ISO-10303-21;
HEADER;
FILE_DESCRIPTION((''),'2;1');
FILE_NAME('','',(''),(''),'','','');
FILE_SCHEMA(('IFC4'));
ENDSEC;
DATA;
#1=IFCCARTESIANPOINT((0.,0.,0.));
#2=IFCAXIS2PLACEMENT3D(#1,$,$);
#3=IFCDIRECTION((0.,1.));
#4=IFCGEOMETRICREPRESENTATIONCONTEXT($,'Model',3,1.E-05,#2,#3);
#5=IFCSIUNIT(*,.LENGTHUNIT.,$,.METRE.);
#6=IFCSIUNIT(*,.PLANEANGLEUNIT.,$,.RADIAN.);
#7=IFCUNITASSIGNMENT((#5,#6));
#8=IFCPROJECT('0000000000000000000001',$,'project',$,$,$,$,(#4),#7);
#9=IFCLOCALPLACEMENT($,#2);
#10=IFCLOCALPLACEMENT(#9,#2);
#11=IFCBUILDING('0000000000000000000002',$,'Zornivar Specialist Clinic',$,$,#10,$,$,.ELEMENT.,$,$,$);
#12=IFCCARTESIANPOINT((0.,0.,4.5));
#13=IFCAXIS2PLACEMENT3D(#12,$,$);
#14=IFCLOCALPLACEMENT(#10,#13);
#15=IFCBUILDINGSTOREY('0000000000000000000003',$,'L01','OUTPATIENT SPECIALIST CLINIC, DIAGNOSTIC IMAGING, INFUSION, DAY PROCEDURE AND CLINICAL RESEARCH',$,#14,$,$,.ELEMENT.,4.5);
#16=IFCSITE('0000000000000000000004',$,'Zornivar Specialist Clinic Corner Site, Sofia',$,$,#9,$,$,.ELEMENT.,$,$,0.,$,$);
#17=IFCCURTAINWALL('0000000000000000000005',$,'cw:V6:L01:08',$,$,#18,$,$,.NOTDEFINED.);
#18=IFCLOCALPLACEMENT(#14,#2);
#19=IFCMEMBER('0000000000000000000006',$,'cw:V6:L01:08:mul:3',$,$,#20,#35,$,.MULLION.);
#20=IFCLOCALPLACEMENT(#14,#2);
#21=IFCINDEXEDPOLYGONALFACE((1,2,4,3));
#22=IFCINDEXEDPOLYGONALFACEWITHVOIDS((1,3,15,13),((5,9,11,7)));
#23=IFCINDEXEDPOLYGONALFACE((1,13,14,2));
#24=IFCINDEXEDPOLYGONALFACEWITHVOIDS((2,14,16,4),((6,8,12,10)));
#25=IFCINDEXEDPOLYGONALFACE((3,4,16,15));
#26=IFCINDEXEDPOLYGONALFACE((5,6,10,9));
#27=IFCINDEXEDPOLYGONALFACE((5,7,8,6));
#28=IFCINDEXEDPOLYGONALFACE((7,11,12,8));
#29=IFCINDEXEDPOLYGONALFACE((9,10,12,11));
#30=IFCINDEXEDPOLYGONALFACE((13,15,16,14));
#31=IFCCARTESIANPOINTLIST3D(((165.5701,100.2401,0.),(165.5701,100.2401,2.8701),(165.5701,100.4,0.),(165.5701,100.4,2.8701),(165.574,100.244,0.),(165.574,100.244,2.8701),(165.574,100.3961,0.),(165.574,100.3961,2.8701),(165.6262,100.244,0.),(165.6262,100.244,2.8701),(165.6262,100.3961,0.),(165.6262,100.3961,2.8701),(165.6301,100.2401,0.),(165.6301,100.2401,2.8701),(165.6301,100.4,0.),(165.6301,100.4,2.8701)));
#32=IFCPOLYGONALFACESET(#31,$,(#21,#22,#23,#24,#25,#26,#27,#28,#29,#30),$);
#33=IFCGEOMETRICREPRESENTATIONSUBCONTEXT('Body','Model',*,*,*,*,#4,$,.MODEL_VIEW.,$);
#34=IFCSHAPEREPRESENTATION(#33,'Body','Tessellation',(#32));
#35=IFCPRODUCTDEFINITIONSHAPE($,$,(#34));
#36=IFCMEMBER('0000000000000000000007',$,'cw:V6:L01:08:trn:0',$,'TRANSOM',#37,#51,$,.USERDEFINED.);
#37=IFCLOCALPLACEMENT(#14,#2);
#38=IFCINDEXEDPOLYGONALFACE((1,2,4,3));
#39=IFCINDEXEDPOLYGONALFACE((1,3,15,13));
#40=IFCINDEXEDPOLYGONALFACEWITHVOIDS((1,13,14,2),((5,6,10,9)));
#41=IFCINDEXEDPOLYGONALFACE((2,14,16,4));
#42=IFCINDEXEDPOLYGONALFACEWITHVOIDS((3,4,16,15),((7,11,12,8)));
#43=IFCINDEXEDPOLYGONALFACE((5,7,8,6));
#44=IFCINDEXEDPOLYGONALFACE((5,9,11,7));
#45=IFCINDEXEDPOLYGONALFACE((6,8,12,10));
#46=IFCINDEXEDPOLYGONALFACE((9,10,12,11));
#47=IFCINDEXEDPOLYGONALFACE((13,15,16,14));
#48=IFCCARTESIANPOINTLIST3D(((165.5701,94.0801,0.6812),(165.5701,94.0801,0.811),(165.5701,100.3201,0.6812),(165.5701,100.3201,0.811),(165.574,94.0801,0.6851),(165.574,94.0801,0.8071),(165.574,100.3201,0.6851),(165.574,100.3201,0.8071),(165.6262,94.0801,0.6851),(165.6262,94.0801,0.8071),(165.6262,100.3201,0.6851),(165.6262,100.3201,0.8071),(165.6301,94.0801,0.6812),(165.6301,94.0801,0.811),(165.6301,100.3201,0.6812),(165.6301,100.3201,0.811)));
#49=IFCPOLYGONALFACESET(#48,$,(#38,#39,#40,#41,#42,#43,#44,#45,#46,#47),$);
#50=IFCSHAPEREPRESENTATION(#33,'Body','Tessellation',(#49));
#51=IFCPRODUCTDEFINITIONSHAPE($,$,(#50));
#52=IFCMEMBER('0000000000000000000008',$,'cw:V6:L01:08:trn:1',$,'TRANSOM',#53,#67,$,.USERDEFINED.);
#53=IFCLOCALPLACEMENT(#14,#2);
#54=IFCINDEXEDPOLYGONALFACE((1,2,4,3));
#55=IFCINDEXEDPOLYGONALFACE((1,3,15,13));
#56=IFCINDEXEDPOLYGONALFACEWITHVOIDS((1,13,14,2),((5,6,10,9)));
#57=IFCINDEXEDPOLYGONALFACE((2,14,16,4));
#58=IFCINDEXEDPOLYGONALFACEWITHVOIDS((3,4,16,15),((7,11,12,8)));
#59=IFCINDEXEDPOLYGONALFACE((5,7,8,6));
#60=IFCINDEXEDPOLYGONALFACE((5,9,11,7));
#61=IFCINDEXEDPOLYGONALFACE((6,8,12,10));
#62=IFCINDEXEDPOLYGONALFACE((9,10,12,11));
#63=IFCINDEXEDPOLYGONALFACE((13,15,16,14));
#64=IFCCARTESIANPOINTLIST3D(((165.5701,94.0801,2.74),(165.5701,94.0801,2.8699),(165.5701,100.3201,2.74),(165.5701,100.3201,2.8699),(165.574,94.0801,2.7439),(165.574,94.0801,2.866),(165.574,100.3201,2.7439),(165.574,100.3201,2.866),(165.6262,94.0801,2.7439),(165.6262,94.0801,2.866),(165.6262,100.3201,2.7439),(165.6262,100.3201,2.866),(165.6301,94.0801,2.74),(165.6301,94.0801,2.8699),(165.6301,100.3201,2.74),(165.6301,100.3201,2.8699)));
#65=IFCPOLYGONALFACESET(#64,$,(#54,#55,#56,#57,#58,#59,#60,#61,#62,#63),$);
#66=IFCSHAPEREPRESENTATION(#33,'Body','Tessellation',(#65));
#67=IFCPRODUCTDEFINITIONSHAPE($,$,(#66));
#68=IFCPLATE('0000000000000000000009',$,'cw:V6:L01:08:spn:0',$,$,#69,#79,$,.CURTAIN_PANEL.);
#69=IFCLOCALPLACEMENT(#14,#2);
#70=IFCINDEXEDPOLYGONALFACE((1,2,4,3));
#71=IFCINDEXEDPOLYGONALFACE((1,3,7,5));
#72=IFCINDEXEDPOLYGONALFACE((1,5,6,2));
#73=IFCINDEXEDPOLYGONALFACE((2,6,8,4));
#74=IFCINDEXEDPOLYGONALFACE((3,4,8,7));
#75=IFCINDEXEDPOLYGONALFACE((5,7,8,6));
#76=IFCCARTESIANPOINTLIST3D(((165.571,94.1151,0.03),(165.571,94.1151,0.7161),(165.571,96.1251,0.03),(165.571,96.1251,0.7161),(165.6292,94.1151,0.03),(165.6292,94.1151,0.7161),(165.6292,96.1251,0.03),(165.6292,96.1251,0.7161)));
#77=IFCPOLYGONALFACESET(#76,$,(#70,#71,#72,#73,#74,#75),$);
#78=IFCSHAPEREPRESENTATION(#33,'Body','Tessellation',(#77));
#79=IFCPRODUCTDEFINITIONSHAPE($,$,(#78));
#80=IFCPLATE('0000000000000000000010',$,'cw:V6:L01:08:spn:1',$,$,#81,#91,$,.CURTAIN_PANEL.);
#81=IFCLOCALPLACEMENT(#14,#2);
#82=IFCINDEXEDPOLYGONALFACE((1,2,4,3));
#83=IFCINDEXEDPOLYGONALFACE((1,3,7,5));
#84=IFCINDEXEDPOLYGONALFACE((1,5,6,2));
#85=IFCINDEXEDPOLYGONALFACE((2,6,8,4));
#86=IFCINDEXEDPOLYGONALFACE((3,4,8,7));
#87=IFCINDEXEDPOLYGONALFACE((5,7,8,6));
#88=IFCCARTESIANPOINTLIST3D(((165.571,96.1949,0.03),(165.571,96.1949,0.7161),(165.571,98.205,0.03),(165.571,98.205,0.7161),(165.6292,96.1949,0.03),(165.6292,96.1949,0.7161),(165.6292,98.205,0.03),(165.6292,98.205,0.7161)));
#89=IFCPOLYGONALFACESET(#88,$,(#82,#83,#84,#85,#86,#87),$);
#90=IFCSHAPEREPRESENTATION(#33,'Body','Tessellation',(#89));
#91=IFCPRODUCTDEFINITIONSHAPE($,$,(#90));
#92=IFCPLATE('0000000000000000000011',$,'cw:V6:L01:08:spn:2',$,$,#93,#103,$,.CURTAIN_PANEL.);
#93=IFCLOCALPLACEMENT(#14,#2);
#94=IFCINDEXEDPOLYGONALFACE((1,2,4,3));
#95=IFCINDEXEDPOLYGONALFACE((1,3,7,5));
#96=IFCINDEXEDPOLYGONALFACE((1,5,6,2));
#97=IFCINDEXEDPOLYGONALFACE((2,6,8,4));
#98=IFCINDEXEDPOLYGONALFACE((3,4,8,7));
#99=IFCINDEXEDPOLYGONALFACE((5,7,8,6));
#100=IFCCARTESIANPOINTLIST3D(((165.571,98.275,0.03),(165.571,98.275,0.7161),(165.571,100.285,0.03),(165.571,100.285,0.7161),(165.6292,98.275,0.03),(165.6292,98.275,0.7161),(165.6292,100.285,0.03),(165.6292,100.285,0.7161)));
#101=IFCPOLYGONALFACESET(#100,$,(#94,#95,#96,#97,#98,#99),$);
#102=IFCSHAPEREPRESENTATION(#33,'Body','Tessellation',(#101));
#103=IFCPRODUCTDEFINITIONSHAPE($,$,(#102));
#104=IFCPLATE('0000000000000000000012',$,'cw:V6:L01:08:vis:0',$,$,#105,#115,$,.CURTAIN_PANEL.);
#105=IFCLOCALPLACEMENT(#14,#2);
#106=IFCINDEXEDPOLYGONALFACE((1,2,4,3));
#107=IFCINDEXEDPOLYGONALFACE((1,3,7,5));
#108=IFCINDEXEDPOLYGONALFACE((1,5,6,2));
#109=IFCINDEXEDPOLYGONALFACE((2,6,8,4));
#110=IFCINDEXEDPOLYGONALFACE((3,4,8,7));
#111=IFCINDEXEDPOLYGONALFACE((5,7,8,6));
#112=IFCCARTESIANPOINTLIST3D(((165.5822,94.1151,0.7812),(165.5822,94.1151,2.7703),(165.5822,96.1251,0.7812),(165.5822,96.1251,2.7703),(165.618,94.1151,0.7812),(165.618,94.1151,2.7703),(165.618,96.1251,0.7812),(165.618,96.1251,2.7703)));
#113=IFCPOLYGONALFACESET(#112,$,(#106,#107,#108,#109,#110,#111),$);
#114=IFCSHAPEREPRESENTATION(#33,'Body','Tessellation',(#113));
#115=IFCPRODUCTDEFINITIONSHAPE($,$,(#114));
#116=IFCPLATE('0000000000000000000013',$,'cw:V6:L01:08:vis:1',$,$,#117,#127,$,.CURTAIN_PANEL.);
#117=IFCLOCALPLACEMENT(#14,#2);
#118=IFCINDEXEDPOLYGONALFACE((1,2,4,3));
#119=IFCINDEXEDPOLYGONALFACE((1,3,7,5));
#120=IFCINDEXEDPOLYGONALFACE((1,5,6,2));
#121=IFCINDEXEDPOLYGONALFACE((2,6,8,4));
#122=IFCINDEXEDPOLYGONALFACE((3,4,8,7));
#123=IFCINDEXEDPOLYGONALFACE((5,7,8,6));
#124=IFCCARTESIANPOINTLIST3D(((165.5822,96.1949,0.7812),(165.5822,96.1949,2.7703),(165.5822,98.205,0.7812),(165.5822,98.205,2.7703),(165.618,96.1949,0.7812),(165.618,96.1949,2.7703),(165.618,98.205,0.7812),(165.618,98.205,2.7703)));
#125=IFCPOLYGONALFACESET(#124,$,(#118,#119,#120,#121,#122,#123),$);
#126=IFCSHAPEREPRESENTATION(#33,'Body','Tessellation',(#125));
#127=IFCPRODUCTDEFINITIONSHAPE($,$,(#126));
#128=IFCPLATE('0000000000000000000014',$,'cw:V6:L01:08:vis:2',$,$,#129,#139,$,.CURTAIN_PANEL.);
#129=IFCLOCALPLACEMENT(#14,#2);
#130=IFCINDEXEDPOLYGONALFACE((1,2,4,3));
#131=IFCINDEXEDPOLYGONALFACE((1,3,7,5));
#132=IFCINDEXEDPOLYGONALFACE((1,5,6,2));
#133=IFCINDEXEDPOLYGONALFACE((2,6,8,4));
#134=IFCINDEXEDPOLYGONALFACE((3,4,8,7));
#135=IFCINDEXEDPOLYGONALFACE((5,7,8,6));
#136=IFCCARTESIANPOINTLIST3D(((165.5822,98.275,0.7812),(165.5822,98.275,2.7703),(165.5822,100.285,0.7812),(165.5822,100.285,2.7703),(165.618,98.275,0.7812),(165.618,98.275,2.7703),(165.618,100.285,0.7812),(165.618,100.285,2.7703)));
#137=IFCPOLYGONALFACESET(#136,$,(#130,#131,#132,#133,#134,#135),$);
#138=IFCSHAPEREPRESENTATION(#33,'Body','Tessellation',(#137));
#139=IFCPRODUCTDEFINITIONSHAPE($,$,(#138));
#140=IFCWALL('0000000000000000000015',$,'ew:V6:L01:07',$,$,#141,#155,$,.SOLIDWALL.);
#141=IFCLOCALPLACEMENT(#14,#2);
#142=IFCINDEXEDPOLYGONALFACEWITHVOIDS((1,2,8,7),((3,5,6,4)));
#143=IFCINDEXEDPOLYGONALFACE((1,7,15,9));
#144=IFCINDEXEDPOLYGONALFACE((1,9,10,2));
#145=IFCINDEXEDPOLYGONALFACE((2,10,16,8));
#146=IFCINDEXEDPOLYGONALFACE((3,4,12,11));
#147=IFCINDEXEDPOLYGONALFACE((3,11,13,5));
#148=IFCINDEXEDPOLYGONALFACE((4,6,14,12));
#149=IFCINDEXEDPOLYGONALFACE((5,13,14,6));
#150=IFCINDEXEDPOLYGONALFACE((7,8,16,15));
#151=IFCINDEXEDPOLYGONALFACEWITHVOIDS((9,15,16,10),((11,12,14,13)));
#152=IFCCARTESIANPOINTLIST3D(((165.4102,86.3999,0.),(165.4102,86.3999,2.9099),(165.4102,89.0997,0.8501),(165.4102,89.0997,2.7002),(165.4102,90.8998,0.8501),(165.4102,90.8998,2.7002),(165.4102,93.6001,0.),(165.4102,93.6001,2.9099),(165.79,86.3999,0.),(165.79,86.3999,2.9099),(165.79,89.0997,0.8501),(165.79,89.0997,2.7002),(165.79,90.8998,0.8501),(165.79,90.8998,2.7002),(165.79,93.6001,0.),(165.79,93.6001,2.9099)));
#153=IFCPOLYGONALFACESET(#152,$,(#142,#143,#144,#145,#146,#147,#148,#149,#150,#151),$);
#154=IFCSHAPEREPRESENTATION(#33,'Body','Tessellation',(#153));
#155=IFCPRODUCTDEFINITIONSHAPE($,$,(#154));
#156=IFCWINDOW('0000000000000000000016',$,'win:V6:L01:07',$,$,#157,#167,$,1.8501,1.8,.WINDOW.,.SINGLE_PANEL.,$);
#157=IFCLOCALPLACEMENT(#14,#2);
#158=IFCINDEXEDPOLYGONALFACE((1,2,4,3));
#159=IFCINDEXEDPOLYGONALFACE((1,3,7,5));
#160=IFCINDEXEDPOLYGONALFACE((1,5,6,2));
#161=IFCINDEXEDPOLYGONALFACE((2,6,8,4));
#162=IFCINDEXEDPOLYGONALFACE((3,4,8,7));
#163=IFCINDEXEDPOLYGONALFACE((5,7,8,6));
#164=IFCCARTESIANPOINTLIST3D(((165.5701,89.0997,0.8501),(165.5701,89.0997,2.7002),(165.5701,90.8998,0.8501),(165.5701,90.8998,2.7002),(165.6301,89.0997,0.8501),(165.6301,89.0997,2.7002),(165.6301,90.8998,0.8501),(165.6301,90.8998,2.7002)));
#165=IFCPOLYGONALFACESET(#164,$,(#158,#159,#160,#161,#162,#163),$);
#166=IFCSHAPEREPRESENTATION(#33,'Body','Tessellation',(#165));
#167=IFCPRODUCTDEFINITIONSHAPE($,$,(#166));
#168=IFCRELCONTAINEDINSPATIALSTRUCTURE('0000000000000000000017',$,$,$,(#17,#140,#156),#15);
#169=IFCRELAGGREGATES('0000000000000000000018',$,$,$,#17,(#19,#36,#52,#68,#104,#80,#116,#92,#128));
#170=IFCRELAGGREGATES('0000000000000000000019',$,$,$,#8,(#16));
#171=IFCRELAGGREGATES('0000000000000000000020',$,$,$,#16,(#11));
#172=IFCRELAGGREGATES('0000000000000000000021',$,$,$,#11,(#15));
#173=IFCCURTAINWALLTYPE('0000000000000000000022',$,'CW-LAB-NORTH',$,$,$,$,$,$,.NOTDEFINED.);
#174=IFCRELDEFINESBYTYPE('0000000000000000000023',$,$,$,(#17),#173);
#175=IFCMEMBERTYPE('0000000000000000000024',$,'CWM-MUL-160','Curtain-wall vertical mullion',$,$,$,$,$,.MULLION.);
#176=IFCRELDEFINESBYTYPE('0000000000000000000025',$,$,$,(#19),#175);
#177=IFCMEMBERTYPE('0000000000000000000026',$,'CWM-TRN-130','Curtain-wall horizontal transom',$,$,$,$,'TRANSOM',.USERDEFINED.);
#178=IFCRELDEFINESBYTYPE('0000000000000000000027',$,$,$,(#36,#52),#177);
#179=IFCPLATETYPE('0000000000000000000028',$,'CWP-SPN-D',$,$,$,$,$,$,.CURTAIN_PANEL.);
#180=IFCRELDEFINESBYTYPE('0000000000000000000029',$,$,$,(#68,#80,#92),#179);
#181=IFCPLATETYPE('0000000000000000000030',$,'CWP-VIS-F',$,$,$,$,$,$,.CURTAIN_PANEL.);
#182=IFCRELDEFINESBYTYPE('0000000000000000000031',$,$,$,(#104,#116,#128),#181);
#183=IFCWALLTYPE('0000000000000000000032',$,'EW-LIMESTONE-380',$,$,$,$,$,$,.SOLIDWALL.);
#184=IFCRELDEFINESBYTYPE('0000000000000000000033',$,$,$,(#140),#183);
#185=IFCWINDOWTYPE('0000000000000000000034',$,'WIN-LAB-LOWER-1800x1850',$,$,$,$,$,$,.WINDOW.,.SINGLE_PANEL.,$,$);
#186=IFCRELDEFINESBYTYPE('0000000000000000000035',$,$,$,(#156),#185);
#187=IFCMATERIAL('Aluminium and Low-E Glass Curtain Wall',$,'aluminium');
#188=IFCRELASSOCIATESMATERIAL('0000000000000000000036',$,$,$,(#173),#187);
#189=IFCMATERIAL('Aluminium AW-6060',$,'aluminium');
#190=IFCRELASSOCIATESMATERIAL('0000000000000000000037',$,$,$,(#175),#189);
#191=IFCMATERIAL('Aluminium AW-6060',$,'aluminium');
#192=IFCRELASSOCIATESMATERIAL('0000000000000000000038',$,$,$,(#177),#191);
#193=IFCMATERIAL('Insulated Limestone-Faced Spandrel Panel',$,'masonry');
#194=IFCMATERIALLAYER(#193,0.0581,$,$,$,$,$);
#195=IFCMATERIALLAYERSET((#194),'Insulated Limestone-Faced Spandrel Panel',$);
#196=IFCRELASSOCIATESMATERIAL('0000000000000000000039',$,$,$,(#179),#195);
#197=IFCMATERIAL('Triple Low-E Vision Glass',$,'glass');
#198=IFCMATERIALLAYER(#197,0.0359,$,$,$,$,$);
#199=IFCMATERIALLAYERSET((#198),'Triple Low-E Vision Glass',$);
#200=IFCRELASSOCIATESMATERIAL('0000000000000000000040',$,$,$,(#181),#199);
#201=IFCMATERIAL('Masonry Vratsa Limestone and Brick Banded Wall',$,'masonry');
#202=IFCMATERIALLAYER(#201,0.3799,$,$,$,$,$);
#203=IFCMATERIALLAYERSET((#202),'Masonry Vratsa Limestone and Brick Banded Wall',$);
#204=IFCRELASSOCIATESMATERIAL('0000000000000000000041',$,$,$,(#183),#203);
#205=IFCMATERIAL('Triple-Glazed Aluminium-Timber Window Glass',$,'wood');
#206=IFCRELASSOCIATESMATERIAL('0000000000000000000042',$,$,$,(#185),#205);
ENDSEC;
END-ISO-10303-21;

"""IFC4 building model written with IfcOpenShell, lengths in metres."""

from ifc_helpers import new_model, si_unit, direction, frame, frame_2d, origin, origin_2d, place, context, subcontext, project, spatial, rectangle, hollow_rectangle, extrude, material, layer, layer_set, material_profile, profile_set, type_object, element, fill, aggregate, save


model = new_model("IFC4")

# Units and contexts
model_context = context("Model", 3, precision=1e-05, world=origin(), true_north=direction((0.0, 1.0)))
body_context = subcontext(model_context, "Body", "Model", "MODEL_VIEW")
ifc_project = project(units=[si_unit("LENGTHUNIT", "METRE"), si_unit("PLANEANGLEUNIT", "RADIAN")], contexts=[model_context])

# Site, building, storey
site_placement = place(None, origin())
site = spatial("IfcSite", under=ifc_project, at=site_placement, Name="Zornivar Specialist Clinic Corner Site, Sofia", CompositionType="ELEMENT", RefElevation=0.0)
building_placement = place(site_placement, origin())
building = spatial("IfcBuilding", under=site, at=building_placement, Name="Zornivar Specialist Clinic", CompositionType="ELEMENT")
storey_placement = place(building_placement, frame((0.0, 0.0, 4.5)))
storey = spatial("IfcBuildingStorey", under=building, at=storey_placement, Name="L01", Description="OUTPATIENT SPECIALIST CLINIC, DIAGNOSTIC IMAGING, INFUSION, DAY PROCEDURE AND CLINICAL RESEARCH", CompositionType="ELEMENT", Elevation=4.5)

# Curtain wall, members, plates
ifc_material_1 = material(Name="Aluminium and Low-E Glass Curtain Wall", Category="aluminium")
curtain_wall_type = type_object("IfcCurtainWallType", Name="CW-LAB-NORTH", PredefinedType="NOTDEFINED", material=ifc_material_1)
curtain_wall_placement = place(storey_placement, origin())
curtain_wall = element("IfcCurtainWall", 1, at=curtain_wall_placement, inside=storey, type_object=curtain_wall_type, Name="cw:V6:L01:08", PredefinedType="NOTDEFINED")
ifc_material_2 = material(Name="Aluminium AW-6060", Category="aluminium")
ifc_material_profile_1 = material_profile(ifc_material_2, hollow_rectangle(XDim=0.0601, YDim=0.1599, WallThickness=0.0039, at=origin_2d()), Name="ALU 60x160x4")
ifc_profile_set_1 = profile_set([ifc_material_profile_1], Name="Aluminium AW-6060")
member_type_1 = type_object("IfcMemberType", Name="CWM-MUL-160", Description="Curtain-wall vertical mullion", PredefinedType="MULLION", material=ifc_profile_set_1)
member_1_placement = place(storey_placement, frame((165.6001, 100.3201, 0.0), z_axis=(0.0, 0.0, 1.0), x_axis=(1.0, 0.0, 0.0)))
member_1 = element("IfcMember", 2, at=member_1_placement, type_object=member_type_1, Name="cw:V6:L01:08:mul:3", PredefinedType="MULLION", context=body_context, shape_type="SweptSolid", body=[
    extrude(hollow_rectangle(XDim=0.0601, YDim=0.1599, WallThickness=0.0039, at=origin_2d()), origin(), (0.0, 0.0, 1.0), 2.8701),
])
ifc_material_3 = material(Name="Aluminium AW-6060", Category="aluminium")
ifc_material_profile_2 = material_profile(ifc_material_3, hollow_rectangle(XDim=0.0601, YDim=0.1299, WallThickness=0.0039, at=origin_2d()), Name="ALU 60x130x4")
ifc_profile_set_2 = profile_set([ifc_material_profile_2], Name="Aluminium AW-6060")
member_type_2 = type_object("IfcMemberType", Name="CWM-TRN-130", Description="Curtain-wall horizontal transom", ElementType="TRANSOM", PredefinedType="USERDEFINED", material=ifc_profile_set_2)
member_2_placement = place(storey_placement, frame((165.6001, 94.0801, 0.7461), z_axis=(0.0, 1.0, 0.0), x_axis=(-1.0, 0.0, 0.0)))
member_2 = element("IfcMember", 3, at=member_2_placement, type_object=member_type_2, Name="cw:V6:L01:08:trn:0", ObjectType="TRANSOM", PredefinedType="USERDEFINED", context=body_context, shape_type="SweptSolid", body=[
    extrude(hollow_rectangle(XDim=0.0601, YDim=0.1299, WallThickness=0.0039, at=origin_2d()), origin(), (0.0, 0.0, 1.0), 6.24),
])
member_3_placement = place(storey_placement, frame((165.6001, 94.0801, 2.8049), z_axis=(0.0, 1.0, 0.0), x_axis=(-1.0, 0.0, 0.0)))
member_3 = element("IfcMember", 4, at=member_3_placement, type_object=member_type_2, Name="cw:V6:L01:08:trn:1", ObjectType="TRANSOM", PredefinedType="USERDEFINED", context=body_context, shape_type="SweptSolid", body=[
    extrude(hollow_rectangle(XDim=0.0601, YDim=0.1299, WallThickness=0.0039, at=origin_2d()), origin(), (0.0, 0.0, 1.0), 6.24),
])
ifc_material_4 = material(Name="Insulated Limestone-Faced Spandrel Panel", Category="masonry")
ifc_layer_1 = layer(ifc_material_4, 0.0581)
ifc_layer_set_1 = layer_set([ifc_layer_1], Name="Insulated Limestone-Faced Spandrel Panel")
plate_type_1 = type_object("IfcPlateType", Name="CWP-SPN-D", PredefinedType="CURTAIN_PANEL", material=ifc_layer_set_1)
plate_1_placement = place(storey_placement, frame((165.6001, 95.1201, 0.03), z_axis=(0.0, 0.0, 1.0), x_axis=(0.0, 1.0, 0.0)))
plate_1 = element("IfcPlate", 5, at=plate_1_placement, type_object=plate_type_1, Name="cw:V6:L01:08:spn:0", PredefinedType="CURTAIN_PANEL", context=body_context, shape_type="SweptSolid", body=[
    extrude(rectangle(XDim=2.01, YDim=0.0581, at=origin_2d()), origin(), (0.0, 0.0, 1.0), 0.686),
])
plate_2_placement = place(storey_placement, frame((165.6001, 97.2, 0.03), z_axis=(0.0, 0.0, 1.0), x_axis=(0.0, 1.0, 0.0)))
plate_2 = element("IfcPlate", 6, at=plate_2_placement, type_object=plate_type_1, Name="cw:V6:L01:08:spn:1", PredefinedType="CURTAIN_PANEL", context=body_context, shape_type="SweptSolid", body=[
    extrude(rectangle(XDim=2.01, YDim=0.0581, at=origin_2d()), origin(), (0.0, 0.0, 1.0), 0.686),
])
plate_3_placement = place(storey_placement, frame((165.6001, 99.28, 0.03), z_axis=(0.0, 0.0, 1.0), x_axis=(0.0, 1.0, 0.0)))
plate_3 = element("IfcPlate", 7, at=plate_3_placement, type_object=plate_type_1, Name="cw:V6:L01:08:spn:2", PredefinedType="CURTAIN_PANEL", context=body_context, shape_type="SweptSolid", body=[
    extrude(rectangle(XDim=2.01, YDim=0.0581, at=origin_2d()), origin(), (0.0, 0.0, 1.0), 0.686),
])
ifc_material_5 = material(Name="Triple Low-E Vision Glass", Category="glass")
ifc_layer_2 = layer(ifc_material_5, 0.0359)
ifc_layer_set_2 = layer_set([ifc_layer_2], Name="Triple Low-E Vision Glass")
plate_type_2 = type_object("IfcPlateType", Name="CWP-VIS-F", PredefinedType="CURTAIN_PANEL", material=ifc_layer_set_2)
plate_4_placement = place(storey_placement, frame((165.6001, 95.1201, 0.7812), z_axis=(0.0, 0.0, 1.0), x_axis=(0.0, 1.0, 0.0)))
plate_4 = element("IfcPlate", 8, at=plate_4_placement, type_object=plate_type_2, Name="cw:V6:L01:08:vis:0", PredefinedType="CURTAIN_PANEL", context=body_context, shape_type="SweptSolid", body=[
    extrude(rectangle(XDim=2.01, YDim=0.0359, at=origin_2d()), origin(), (0.0, 0.0, 1.0), 1.989),
])
plate_5_placement = place(storey_placement, frame((165.6001, 97.2, 0.7812), z_axis=(0.0, 0.0, 1.0), x_axis=(0.0, 1.0, 0.0)))
plate_5 = element("IfcPlate", 9, at=plate_5_placement, type_object=plate_type_2, Name="cw:V6:L01:08:vis:1", PredefinedType="CURTAIN_PANEL", context=body_context, shape_type="SweptSolid", body=[
    extrude(rectangle(XDim=2.01, YDim=0.0359, at=origin_2d()), origin(), (0.0, 0.0, 1.0), 1.989),
])
plate_6_placement = place(storey_placement, frame((165.6001, 99.28, 0.7812), z_axis=(0.0, 0.0, 1.0), x_axis=(0.0, 1.0, 0.0)))
plate_6 = element("IfcPlate", 10, at=plate_6_placement, type_object=plate_type_2, Name="cw:V6:L01:08:vis:2", PredefinedType="CURTAIN_PANEL", context=body_context, shape_type="SweptSolid", body=[
    extrude(rectangle(XDim=2.01, YDim=0.0359, at=origin_2d()), origin(), (0.0, 0.0, 1.0), 1.989),
])
aggregate(curtain_wall, [member_1, member_2, member_3, plate_1, plate_4, plate_2, plate_5, plate_3, plate_6])

# Wall, opening, window
ifc_material_6 = material(Name="Masonry Vratsa Limestone and Brick Banded Wall", Category="masonry")
ifc_layer_3 = layer(ifc_material_6, 0.3799)
ifc_layer_set_3 = layer_set([ifc_layer_3], Name="Masonry Vratsa Limestone and Brick Banded Wall")
wall_type_1 = type_object("IfcWallType", Name="EW-LIMESTONE-380", PredefinedType="SOLIDWALL", material=ifc_layer_set_3)
wall_1_placement = place(storey_placement, frame((165.6001, 86.3999, 0.0), z_axis=(0.0, 0.0, 1.0), x_axis=(0.0, 1.0, 0.0)))
wall_1 = element("IfcWall", 11, at=wall_1_placement, inside=storey, type_object=wall_type_1, Name="ew:V6:L01:07", PredefinedType="SOLIDWALL", context=body_context, shape_type="SweptSolid", body=[
    extrude(rectangle(XDim=7.2002, YDim=0.3799, at=frame_2d((3.6001, 0.0))), origin(), (0.0, 0.0, 1.0), 2.9099),
])
opening_1_placement = place(wall_1_placement, frame((2.7, 0.0, 0.8501)))
opening_1 = element("IfcOpeningElement", 12, at=opening_1_placement, cuts=wall_1, PredefinedType="OPENING", context=body_context, shape_type="SweptSolid", body=[
    extrude(rectangle(XDim=1.8, YDim=1.8501, at=frame_2d((0.8999, 0.925))), frame((0.0, 0.2, 0.0), z_axis=(0.0, -1.0, 0.0), x_axis=(1.0, 0.0, 0.0)), (0.0, 0.0, 1.0), 0.3999),
])
ifc_material_7 = material(Name="Triple-Glazed Aluminium-Timber Window Glass", Category="wood")
window_type = type_object("IfcWindowType", Name="WIN-LAB-LOWER-1800x1850", PartitioningType="SINGLE_PANEL", PredefinedType="WINDOW", material=ifc_material_7)
window_placement = place(opening_1_placement, origin())
window = element("IfcWindow", 13, at=window_placement, inside=storey, type_object=window_type, Name="win:V6:L01:07", OverallHeight=1.8501, OverallWidth=1.8, PartitioningType="SINGLE_PANEL", PredefinedType="WINDOW", context=body_context, shape_type="SweptSolid", body=[
    extrude(rectangle(XDim=1.8, YDim=1.8501, at=frame_2d((0.8999, 0.925))), frame((0.0, 0.03, 0.0), z_axis=(0.0, -1.0, 0.0), x_axis=(1.0, 0.0, 0.0)), (0.0, 0.0, 1.0), 0.0601),
])
fill(opening_1, window)

save(model, "model.ifc")
